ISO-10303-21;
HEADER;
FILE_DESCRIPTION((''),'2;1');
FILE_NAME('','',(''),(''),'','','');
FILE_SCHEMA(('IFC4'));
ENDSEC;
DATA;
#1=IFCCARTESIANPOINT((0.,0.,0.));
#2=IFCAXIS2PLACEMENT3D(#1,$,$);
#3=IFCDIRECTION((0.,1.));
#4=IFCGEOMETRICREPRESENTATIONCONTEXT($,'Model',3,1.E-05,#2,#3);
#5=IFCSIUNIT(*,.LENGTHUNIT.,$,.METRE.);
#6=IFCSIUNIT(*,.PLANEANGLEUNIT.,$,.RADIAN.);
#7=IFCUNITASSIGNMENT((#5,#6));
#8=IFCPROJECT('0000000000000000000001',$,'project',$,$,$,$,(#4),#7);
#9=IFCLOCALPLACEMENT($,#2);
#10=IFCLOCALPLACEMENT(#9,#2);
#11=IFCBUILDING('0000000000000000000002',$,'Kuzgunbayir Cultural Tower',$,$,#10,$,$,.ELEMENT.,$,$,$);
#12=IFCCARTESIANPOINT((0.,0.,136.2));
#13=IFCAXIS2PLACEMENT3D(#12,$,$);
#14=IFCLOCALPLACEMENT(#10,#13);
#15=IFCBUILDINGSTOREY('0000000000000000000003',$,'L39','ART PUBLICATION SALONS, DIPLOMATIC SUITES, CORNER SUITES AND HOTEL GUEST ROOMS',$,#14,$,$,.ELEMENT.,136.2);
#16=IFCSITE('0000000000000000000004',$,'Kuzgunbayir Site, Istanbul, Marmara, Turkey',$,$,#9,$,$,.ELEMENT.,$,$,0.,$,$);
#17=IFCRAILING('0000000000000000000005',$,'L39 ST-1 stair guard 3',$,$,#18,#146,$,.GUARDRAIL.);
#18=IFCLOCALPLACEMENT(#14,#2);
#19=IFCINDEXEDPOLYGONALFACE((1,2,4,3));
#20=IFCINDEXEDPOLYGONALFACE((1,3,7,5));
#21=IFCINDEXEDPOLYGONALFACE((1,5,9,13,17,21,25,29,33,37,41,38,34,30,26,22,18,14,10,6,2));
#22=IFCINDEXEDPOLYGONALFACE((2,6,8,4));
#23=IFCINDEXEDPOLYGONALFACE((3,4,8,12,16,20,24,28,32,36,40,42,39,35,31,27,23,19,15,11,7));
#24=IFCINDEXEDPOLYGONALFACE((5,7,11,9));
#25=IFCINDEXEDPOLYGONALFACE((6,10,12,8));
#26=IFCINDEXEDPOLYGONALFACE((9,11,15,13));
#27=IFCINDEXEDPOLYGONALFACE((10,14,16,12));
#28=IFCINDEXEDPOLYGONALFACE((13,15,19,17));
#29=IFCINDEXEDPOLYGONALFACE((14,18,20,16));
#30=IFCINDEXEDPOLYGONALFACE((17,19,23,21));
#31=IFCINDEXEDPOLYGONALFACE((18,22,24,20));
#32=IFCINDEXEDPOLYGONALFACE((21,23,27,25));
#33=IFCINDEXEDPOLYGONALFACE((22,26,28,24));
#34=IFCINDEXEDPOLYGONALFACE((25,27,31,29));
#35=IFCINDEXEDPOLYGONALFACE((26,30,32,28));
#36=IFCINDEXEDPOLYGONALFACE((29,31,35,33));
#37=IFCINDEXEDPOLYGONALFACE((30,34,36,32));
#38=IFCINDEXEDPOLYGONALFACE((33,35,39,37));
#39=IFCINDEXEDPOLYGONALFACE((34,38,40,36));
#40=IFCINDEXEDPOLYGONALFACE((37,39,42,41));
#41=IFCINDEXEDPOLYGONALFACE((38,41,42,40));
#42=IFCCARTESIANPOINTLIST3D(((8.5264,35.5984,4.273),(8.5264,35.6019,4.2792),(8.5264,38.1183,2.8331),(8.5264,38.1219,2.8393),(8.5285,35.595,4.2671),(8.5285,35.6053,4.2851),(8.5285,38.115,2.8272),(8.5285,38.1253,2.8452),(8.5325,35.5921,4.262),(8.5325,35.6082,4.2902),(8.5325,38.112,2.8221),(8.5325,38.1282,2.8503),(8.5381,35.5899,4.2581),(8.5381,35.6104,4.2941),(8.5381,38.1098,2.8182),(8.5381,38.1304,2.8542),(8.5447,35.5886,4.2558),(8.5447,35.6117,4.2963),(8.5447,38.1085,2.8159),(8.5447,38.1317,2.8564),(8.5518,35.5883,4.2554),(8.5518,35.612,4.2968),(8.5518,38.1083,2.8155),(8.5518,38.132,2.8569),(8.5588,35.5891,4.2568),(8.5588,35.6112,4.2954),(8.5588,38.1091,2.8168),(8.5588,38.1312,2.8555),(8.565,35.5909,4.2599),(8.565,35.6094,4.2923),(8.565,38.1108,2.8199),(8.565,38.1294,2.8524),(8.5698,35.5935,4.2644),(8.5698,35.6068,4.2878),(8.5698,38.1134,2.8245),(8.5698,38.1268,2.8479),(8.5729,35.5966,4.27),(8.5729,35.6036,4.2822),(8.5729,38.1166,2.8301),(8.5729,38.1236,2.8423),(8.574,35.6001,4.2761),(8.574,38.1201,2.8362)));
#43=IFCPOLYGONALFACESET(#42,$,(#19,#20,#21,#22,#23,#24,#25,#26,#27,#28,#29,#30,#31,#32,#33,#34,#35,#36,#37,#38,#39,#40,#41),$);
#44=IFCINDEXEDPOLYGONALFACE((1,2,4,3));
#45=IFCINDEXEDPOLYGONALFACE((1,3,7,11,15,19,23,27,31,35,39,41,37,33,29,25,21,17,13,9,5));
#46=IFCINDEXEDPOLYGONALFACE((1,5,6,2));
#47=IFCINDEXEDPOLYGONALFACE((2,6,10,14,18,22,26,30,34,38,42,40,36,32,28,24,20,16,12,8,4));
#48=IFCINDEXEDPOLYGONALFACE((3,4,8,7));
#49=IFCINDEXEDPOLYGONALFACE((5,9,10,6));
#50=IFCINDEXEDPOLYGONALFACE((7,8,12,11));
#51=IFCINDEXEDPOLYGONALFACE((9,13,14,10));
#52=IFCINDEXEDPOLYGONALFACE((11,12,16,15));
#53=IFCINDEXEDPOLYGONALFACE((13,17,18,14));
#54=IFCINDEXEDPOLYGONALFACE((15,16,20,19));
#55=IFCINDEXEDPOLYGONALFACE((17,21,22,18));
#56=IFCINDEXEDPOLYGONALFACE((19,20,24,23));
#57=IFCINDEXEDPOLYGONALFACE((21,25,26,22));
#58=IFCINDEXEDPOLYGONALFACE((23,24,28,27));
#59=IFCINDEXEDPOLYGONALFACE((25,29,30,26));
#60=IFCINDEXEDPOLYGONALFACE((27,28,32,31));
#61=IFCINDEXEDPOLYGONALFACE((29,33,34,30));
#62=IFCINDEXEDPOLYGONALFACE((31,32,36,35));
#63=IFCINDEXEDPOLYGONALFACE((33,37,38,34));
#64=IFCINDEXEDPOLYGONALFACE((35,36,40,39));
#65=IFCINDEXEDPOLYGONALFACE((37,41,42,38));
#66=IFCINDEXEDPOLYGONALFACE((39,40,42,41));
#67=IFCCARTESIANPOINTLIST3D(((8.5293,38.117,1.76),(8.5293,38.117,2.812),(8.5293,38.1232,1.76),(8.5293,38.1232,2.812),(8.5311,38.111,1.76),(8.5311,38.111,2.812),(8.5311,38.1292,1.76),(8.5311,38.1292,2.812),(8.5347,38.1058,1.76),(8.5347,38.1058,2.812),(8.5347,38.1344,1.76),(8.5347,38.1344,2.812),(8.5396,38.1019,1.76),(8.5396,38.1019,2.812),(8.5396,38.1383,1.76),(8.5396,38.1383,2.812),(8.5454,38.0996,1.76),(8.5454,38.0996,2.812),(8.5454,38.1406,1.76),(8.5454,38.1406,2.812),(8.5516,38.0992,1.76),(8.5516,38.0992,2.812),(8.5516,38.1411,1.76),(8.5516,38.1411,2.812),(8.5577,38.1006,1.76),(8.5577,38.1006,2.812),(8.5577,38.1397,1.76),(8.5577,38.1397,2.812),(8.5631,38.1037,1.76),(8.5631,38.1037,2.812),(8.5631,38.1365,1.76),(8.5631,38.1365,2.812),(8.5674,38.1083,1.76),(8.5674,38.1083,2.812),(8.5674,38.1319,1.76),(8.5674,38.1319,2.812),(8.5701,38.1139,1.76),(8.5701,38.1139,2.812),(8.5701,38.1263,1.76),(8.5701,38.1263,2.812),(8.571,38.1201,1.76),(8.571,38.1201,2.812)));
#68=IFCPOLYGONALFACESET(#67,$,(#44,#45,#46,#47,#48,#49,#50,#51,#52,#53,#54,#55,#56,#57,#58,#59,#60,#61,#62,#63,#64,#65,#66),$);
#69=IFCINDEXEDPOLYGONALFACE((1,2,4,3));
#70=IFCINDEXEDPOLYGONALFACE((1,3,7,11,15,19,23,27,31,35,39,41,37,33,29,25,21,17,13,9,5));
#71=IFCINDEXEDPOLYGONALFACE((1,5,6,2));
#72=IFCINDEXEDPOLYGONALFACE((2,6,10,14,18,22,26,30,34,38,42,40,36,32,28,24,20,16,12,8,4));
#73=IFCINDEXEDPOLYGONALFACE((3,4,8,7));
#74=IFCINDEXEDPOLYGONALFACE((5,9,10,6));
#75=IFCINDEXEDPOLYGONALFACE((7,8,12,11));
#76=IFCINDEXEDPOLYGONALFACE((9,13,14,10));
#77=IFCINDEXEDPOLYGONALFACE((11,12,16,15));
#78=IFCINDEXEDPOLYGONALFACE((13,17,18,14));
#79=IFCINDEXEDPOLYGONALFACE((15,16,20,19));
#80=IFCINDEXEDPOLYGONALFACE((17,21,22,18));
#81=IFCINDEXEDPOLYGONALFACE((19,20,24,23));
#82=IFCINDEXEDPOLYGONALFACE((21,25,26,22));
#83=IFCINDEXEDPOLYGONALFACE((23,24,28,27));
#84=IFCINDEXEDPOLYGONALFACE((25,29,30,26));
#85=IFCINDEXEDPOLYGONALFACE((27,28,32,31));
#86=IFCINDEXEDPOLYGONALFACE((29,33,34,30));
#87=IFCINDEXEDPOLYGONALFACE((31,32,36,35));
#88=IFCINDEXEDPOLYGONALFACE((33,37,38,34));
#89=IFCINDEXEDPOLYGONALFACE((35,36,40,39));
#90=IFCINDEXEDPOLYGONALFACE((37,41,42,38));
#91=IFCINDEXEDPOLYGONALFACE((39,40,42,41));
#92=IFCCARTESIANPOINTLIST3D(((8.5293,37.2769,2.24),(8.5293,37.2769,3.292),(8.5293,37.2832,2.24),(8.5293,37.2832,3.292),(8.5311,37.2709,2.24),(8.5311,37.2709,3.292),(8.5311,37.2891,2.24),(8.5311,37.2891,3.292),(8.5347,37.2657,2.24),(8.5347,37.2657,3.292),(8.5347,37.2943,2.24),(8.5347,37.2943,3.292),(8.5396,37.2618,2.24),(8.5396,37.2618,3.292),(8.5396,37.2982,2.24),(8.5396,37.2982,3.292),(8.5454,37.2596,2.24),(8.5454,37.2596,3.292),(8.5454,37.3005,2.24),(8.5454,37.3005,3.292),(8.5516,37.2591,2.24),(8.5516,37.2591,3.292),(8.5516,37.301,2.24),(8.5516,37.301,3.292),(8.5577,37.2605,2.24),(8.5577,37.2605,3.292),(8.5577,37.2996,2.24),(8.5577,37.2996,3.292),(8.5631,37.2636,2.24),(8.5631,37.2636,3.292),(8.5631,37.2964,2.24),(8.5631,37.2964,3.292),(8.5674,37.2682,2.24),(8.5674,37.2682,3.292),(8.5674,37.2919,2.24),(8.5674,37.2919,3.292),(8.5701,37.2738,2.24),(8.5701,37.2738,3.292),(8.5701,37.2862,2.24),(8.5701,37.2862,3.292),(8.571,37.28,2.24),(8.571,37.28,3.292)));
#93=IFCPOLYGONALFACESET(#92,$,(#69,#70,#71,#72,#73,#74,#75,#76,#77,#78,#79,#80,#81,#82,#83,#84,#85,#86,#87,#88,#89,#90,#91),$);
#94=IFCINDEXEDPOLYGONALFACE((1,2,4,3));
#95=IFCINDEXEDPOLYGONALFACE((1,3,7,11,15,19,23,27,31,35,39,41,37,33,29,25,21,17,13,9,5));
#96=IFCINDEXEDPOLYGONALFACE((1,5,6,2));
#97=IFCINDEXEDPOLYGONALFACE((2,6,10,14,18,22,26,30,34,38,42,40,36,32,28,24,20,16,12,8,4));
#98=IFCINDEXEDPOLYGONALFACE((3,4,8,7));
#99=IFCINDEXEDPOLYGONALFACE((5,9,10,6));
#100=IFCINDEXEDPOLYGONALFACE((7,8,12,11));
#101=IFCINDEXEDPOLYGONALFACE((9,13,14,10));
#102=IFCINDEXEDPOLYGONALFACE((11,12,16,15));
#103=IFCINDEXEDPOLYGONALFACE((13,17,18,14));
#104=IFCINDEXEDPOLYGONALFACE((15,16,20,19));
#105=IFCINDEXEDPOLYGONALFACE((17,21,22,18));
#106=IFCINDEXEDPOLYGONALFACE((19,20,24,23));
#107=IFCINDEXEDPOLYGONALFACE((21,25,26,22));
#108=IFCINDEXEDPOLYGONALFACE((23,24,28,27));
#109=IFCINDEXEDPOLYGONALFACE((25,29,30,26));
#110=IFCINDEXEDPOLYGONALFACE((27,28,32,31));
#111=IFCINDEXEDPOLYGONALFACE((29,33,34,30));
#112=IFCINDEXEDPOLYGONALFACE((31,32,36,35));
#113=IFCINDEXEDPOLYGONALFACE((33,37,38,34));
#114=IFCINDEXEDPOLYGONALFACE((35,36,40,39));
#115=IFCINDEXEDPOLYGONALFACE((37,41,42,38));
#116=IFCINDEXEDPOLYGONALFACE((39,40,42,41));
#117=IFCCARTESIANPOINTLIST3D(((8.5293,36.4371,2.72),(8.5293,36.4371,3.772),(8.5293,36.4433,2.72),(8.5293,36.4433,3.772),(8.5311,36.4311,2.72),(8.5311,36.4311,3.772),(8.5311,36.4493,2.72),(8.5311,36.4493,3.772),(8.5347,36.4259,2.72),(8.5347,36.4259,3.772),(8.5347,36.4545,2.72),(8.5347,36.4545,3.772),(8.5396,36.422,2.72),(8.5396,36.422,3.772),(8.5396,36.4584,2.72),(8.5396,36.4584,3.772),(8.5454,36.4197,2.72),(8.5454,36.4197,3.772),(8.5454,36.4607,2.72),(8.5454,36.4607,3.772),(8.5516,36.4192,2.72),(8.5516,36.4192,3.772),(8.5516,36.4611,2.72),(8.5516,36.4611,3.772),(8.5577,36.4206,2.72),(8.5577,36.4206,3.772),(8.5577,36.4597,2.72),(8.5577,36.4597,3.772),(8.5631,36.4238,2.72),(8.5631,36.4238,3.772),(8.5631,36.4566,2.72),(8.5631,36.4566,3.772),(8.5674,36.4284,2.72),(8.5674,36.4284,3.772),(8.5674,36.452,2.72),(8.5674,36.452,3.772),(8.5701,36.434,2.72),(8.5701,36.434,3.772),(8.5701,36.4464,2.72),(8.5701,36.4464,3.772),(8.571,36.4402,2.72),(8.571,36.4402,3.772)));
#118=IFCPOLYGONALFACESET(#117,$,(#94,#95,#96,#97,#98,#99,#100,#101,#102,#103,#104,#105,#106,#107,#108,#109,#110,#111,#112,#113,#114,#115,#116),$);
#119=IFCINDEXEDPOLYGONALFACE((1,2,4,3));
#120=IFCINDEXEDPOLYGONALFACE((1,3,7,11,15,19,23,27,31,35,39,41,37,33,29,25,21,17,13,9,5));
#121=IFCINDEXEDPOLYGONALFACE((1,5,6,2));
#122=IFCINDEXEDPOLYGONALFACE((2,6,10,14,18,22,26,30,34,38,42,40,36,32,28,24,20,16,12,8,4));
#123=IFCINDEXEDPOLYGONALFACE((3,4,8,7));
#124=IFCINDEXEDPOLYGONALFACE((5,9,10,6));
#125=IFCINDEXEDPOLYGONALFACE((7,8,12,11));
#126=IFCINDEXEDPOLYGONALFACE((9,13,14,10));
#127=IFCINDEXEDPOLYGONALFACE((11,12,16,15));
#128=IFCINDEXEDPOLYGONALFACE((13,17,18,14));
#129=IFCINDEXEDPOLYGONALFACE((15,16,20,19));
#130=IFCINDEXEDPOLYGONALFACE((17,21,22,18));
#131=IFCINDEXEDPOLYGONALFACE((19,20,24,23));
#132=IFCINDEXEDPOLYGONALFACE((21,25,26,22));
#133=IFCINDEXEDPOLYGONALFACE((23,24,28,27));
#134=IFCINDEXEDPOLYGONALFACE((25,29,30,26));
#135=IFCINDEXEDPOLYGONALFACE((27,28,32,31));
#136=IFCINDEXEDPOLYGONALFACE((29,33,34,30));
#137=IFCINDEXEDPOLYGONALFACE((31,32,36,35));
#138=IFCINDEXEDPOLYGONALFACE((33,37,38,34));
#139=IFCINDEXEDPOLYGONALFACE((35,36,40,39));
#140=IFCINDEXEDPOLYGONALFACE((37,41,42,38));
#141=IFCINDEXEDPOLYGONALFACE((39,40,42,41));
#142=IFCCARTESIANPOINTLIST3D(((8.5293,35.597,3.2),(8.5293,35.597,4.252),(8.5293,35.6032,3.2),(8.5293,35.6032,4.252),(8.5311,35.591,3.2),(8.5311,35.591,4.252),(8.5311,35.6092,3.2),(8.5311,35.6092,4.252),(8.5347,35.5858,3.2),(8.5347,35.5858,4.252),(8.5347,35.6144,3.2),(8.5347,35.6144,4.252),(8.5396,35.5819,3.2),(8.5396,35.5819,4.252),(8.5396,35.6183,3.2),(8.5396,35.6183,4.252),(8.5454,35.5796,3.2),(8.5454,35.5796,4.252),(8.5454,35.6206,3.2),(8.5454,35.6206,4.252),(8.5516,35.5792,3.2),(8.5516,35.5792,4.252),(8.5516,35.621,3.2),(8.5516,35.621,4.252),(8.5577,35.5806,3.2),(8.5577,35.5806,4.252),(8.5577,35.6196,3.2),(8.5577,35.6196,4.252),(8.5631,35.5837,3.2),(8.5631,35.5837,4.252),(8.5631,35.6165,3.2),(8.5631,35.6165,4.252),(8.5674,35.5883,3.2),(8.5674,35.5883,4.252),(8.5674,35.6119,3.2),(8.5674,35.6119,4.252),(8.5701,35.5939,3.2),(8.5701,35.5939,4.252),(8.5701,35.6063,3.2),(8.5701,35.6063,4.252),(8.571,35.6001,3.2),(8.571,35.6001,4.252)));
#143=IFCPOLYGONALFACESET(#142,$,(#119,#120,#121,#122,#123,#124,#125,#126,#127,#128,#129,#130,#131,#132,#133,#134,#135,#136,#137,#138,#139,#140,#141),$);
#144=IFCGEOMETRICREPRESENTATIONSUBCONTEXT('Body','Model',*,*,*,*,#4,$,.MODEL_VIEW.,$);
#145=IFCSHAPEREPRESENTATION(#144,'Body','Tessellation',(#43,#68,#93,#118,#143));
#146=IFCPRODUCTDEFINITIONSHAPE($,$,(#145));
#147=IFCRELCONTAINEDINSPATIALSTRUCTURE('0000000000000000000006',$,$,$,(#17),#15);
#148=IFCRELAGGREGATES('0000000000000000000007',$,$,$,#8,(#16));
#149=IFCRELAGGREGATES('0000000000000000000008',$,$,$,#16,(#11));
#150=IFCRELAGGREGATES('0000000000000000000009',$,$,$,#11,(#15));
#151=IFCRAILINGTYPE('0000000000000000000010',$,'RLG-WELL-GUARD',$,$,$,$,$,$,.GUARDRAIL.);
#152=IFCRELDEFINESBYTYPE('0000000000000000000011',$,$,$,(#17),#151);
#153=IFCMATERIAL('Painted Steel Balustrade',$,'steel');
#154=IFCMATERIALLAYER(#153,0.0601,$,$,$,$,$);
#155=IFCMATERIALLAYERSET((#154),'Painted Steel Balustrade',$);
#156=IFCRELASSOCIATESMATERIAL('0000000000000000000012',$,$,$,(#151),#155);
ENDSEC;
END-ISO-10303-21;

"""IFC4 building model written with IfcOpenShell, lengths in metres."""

from ifc_helpers import new_model, si_unit, direction, frame, origin, origin_2d, place, context, subcontext, project, spatial, circle, extrude, material, layer, layer_set, type_object, element, save


model = new_model("IFC4")

# Units and contexts
model_context = context("Model", 3, precision=1e-05, world=origin(), true_north=direction((0.0, 1.0)))
body_context = subcontext(model_context, "Body", "Model", "MODEL_VIEW")
ifc_project = project(units=[si_unit("LENGTHUNIT", "METRE"), si_unit("PLANEANGLEUNIT", "RADIAN")], contexts=[model_context])

# Site, building, storey
site_placement = place(None, origin())
site = spatial("IfcSite", under=ifc_project, at=site_placement, Name="Kuzgunbayir Site, Istanbul, Marmara, Turkey", CompositionType="ELEMENT", RefElevation=0.0)
building_placement = place(site_placement, origin())
building = spatial("IfcBuilding", under=site, at=building_placement, Name="Kuzgunbayir Cultural Tower", CompositionType="ELEMENT")
storey_placement = place(building_placement, frame((0.0, 0.0, 136.2)))
storey = spatial("IfcBuildingStorey", under=building, at=storey_placement, Name="L39", Description="ART PUBLICATION SALONS, DIPLOMATIC SUITES, CORNER SUITES AND HOTEL GUEST ROOMS", CompositionType="ELEMENT", Elevation=136.2)

# Railing
ifc_material_1 = material(Name="Painted Steel Balustrade", Category="steel")
ifc_layer_1 = layer(ifc_material_1, 0.0601)
ifc_layer_set_1 = layer_set([ifc_layer_1], Name="Painted Steel Balustrade")
railing_type_1 = type_object("IfcRailingType", Name="RLG-WELL-GUARD", PredefinedType="GUARDRAIL", material=ifc_layer_set_1)
railing_1_placement = place(storey_placement, frame((8.55, 38.1201, 1.76)))
element("IfcRailing", 1, at=railing_1_placement, inside=storey, type_object=railing_type_1, Name="L39 ST-1 stair guard 3", PredefinedType="GUARDRAIL", context=body_context, shape_type="SweptSolid", body=[
    extrude(circle(Radius=0.0239, at=origin_2d()), frame((0.0, 0.0, 1.0762), z_axis=(0.0, -0.868253, 0.496121), x_axis=(1.0, 0.0, 0.0)), (0.0, 0.0, 1.0), 2.9023),
    extrude(circle(Radius=0.021, at=origin_2d()), origin(), (0.0, 0.0, 1.0), 1.052),
    extrude(circle(Radius=0.021, at=origin_2d()), frame((0.0, -0.8401, 0.48)), (0.0, 0.0, 1.0), 1.052),
    extrude(circle(Radius=0.021, at=origin_2d()), frame((0.0, -1.6799, 0.96)), (0.0, 0.0, 1.0), 1.052),
    extrude(circle(Radius=0.021, at=origin_2d()), frame((0.0, -2.52, 1.4399)), (0.0, 0.0, 1.0), 1.052),
])

save(model, "model.ifc")
